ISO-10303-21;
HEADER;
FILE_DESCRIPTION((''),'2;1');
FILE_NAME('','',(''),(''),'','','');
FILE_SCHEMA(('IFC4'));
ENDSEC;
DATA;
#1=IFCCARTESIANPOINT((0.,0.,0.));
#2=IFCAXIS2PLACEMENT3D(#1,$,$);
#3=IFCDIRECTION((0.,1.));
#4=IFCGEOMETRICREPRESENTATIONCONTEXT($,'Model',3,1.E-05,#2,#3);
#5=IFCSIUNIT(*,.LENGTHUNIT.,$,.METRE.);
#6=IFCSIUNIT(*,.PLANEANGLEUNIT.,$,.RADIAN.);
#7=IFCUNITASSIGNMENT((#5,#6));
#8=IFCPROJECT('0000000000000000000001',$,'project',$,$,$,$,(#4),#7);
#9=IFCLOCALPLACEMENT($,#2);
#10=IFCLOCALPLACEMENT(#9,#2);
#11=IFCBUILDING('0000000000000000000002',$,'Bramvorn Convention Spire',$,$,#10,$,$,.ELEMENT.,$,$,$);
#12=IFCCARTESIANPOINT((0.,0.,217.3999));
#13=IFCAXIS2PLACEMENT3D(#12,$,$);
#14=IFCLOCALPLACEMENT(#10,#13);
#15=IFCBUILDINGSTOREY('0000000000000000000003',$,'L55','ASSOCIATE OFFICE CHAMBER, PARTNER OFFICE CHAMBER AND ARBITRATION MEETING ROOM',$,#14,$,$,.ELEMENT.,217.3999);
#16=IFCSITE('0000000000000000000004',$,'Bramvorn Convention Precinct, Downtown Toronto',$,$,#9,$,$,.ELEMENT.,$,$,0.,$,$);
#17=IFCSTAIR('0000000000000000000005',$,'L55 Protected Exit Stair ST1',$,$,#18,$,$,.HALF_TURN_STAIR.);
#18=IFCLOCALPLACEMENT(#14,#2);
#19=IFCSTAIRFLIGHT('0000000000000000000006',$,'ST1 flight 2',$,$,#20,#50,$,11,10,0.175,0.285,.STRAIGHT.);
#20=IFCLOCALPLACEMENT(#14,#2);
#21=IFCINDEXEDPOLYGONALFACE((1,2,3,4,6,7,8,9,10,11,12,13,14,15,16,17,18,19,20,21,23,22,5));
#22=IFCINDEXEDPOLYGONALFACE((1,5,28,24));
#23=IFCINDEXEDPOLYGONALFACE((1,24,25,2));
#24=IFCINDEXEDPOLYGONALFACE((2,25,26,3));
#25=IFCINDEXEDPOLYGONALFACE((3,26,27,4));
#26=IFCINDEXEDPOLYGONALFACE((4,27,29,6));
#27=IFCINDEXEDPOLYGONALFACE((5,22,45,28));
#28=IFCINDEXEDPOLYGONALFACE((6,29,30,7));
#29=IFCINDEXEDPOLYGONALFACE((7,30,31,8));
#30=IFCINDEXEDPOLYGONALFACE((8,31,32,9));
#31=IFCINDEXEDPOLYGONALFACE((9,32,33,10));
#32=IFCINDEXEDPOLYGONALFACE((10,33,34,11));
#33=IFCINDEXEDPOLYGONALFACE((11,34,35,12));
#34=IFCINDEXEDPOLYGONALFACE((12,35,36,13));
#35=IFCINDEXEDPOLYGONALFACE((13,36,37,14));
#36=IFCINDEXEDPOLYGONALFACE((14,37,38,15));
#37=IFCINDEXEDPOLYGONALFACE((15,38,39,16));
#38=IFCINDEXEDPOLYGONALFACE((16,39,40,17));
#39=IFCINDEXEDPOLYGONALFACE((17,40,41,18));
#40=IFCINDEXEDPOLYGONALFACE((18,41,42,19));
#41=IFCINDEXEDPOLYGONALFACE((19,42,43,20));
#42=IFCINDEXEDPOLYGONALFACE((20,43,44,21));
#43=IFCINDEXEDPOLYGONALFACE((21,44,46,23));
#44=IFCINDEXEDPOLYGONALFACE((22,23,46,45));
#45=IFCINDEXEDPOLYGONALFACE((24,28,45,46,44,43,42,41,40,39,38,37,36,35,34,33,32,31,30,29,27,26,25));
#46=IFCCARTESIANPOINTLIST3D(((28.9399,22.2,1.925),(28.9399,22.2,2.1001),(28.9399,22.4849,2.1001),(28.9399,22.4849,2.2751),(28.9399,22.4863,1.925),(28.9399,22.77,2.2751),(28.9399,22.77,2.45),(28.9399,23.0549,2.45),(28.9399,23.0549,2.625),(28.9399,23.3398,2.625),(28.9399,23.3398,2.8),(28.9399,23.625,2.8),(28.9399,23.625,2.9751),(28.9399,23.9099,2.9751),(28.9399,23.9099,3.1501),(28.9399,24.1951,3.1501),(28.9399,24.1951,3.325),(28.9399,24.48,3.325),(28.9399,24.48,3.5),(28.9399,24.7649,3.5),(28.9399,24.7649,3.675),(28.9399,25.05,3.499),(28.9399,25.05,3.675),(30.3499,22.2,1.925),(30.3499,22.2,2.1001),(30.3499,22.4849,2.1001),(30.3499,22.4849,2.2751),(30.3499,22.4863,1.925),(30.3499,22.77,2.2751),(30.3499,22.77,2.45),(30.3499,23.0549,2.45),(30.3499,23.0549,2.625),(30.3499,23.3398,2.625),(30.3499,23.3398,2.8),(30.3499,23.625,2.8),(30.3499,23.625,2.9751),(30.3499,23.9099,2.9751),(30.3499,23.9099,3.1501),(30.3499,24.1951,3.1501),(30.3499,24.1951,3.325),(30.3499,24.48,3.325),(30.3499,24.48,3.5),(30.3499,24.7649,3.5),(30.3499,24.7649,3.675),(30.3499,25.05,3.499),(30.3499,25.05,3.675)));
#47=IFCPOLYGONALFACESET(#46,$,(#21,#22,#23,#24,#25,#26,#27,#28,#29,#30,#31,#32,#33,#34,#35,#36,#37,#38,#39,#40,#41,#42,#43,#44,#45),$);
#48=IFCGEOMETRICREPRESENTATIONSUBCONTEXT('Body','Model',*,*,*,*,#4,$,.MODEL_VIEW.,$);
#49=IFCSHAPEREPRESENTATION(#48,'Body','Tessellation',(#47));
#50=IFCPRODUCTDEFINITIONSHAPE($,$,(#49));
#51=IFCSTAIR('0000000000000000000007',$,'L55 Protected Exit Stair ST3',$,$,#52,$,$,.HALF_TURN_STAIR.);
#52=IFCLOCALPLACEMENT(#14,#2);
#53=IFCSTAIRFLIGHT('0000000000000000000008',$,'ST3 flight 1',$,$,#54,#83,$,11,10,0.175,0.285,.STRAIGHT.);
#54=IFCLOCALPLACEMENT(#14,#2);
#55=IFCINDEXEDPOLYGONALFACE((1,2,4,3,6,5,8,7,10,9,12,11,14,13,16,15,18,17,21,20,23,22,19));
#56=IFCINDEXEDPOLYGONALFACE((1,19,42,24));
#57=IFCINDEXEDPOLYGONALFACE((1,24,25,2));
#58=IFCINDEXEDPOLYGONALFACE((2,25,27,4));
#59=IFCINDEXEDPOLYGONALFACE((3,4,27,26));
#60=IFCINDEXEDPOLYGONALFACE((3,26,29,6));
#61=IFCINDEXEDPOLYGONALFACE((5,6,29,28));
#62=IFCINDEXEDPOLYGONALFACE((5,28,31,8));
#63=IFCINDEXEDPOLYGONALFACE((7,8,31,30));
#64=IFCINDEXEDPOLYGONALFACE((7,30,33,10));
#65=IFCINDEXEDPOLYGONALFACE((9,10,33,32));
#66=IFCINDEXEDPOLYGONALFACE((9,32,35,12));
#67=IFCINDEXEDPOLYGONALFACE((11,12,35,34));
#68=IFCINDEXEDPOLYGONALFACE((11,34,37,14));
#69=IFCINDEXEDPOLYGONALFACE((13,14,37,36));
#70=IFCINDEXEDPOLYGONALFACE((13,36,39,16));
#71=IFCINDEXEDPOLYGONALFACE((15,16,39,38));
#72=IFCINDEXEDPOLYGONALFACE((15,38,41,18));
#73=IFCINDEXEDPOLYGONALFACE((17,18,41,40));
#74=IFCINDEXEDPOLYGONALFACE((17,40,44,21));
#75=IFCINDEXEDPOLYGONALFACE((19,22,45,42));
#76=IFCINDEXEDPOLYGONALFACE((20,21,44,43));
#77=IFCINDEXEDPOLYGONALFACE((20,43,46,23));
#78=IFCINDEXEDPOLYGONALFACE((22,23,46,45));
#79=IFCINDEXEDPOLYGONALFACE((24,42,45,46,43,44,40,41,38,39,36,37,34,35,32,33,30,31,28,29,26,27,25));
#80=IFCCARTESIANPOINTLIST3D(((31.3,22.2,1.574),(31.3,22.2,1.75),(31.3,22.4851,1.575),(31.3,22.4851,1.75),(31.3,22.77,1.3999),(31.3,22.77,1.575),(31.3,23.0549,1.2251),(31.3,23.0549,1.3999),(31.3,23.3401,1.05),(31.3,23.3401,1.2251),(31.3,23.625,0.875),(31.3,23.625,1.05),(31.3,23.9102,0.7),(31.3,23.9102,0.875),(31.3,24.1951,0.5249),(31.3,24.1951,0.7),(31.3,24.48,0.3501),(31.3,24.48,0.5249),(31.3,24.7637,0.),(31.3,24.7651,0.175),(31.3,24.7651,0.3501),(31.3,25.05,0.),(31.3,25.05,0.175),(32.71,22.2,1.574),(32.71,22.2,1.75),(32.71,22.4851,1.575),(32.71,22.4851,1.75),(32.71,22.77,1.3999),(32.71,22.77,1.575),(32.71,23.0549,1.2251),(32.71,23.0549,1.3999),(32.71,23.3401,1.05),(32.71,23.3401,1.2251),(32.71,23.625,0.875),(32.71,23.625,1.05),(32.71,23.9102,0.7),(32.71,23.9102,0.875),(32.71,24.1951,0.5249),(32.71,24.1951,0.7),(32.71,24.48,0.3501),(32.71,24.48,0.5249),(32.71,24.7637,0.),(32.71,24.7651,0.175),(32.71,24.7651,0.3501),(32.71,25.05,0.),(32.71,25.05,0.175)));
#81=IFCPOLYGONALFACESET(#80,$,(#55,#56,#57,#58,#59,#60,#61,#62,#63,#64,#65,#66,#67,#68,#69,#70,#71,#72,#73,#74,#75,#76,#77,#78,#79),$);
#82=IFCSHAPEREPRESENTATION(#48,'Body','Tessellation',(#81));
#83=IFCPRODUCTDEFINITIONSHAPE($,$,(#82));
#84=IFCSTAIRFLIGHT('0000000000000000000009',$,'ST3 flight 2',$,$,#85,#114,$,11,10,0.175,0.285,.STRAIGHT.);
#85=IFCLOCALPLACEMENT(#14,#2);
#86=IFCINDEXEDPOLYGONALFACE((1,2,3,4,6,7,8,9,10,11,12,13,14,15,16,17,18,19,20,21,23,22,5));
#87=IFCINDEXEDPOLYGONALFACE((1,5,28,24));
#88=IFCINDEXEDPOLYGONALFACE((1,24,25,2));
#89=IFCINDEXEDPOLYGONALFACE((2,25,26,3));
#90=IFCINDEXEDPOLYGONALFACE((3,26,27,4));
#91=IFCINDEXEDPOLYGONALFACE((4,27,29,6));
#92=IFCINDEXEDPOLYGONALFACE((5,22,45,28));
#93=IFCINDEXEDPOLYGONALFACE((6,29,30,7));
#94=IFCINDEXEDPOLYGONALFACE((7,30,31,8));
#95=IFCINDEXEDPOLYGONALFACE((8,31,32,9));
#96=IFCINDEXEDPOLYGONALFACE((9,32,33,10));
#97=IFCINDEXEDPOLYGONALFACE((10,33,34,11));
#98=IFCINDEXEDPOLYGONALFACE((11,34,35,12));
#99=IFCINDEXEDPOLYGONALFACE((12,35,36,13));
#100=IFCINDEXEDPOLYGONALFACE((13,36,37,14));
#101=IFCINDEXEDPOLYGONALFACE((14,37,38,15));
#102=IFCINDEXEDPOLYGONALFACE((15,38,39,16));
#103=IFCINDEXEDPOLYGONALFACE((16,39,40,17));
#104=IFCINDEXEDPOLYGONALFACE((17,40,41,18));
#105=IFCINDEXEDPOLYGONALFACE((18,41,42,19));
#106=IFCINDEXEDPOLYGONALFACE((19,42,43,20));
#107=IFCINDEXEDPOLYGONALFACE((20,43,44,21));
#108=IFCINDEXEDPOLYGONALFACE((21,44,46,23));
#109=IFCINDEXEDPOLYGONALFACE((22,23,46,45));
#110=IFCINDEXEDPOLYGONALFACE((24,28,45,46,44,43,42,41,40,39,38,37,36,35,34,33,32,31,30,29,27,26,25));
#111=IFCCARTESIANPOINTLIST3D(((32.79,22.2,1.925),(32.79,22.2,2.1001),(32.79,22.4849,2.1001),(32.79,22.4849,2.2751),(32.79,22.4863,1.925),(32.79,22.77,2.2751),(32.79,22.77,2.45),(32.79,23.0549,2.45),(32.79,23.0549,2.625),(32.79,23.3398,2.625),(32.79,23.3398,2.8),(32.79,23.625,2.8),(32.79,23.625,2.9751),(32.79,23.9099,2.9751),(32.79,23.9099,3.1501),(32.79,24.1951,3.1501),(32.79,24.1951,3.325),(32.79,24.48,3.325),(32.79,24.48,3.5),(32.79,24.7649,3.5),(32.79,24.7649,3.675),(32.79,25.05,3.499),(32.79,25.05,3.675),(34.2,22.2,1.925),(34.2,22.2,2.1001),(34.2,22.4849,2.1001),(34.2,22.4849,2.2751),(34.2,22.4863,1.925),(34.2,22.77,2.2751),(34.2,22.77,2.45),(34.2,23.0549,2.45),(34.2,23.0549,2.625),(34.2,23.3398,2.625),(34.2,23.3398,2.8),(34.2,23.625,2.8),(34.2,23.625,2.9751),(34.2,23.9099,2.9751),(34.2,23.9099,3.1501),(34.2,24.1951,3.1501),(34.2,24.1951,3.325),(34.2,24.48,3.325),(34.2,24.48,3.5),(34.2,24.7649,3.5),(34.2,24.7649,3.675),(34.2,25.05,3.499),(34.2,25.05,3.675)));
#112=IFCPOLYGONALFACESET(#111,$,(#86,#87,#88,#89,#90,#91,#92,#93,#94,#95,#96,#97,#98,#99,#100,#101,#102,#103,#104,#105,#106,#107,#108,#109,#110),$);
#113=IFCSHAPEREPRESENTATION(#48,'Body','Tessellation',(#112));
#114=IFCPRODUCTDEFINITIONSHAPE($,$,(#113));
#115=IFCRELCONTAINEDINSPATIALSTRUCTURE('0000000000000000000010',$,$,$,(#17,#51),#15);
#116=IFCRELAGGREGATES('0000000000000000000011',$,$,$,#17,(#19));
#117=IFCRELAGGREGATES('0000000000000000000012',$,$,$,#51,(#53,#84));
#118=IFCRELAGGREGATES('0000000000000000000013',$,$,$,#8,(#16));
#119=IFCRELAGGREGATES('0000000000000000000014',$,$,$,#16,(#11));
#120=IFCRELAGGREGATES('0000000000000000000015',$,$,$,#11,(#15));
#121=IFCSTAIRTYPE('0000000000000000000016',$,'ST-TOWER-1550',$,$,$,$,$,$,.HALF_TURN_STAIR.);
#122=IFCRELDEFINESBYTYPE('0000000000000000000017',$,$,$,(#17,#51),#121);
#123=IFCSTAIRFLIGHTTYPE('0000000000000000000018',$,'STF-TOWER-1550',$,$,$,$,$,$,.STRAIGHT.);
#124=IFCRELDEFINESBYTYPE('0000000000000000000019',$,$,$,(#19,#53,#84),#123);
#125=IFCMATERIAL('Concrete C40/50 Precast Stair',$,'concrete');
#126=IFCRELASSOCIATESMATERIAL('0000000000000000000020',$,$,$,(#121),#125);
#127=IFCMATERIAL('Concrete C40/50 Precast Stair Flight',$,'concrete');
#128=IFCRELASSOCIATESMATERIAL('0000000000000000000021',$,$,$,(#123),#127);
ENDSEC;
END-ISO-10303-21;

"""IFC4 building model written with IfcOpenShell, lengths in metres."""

from ifc_helpers import new_model, si_unit, direction, frame, origin, place, context, subcontext, project, spatial, polyline, outline, extrude, material, type_object, element, aggregate, save


model = new_model("IFC4")

# Units and contexts
model_context = context("Model", 3, precision=1e-05, world=origin(), true_north=direction((0.0, 1.0)))
body_context = subcontext(model_context, "Body", "Model", "MODEL_VIEW")
ifc_project = project(units=[si_unit("LENGTHUNIT", "METRE"), si_unit("PLANEANGLEUNIT", "RADIAN")], contexts=[model_context])

# Site, building, storey
site_placement = place(None, origin())
site = spatial("IfcSite", under=ifc_project, at=site_placement, Name="Bramvorn Convention Precinct, Downtown Toronto", CompositionType="ELEMENT", RefElevation=0.0)
building_placement = place(site_placement, origin())
building = spatial("IfcBuilding", under=site, at=building_placement, Name="Bramvorn Convention Spire", CompositionType="ELEMENT")
storey_placement = place(building_placement, frame((0.0, 0.0, 217.3999)))
storey = spatial("IfcBuildingStorey", under=building, at=storey_placement, Name="L55", Description="ASSOCIATE OFFICE CHAMBER, PARTNER OFFICE CHAMBER AND ARBITRATION MEETING ROOM", CompositionType="ELEMENT", Elevation=217.3999)

# Stairs, stair flights
ifc_material_1 = material(Name="Concrete C40/50 Precast Stair", Category="concrete")
stair_type = type_object("IfcStairType", Name="ST-TOWER-1550", PredefinedType="HALF_TURN_STAIR", material=ifc_material_1)
stair_1_placement = place(storey_placement, origin())
stair_1 = element("IfcStair", 1, at=stair_1_placement, inside=storey, type_object=stair_type, Name="L55 Protected Exit Stair ST1", PredefinedType="HALF_TURN_STAIR")
ifc_material_2 = material(Name="Concrete C40/50 Precast Stair Flight", Category="concrete")
stair_flight_type = type_object("IfcStairFlightType", Name="STF-TOWER-1550", PredefinedType="STRAIGHT", material=ifc_material_2)
stair_flight_1_placement = place(storey_placement, frame((29.645, 22.2, 1.925), z_axis=(0.0, 0.0, 1.0), x_axis=(0.0, 1.0, 0.0)))
stair_flight_1 = element("IfcStairFlight", 2, at=stair_flight_1_placement, type_object=stair_flight_type, Name="ST1 flight 2", NumberOfRisers=11, NumberOfTreads=10, PredefinedType="STRAIGHT", RiserHeight=0.175, TreadLength=0.285, context=body_context, shape_type="SweptSolid", body=[
    extrude(outline(polyline([(0.0, 0.0), (0.0, 0.175), (0.2849, 0.175), (0.2849, 0.3501), (0.5701, 0.3501), (0.5701, 0.5249), (0.855, 0.5249), (0.855, 0.7), (1.1399, 0.7), (1.1399, 0.875), (1.425, 0.875), (1.425, 1.05), (1.71, 1.05), (1.71, 1.2251), (1.9951, 1.2251), (1.9951, 1.3999), (2.28, 1.3999), (2.28, 1.575), (2.5649, 1.575), (2.5649, 1.75), (2.8501, 1.75), (2.8501, 1.925), (2.8501, 1.574), (0.2864, 0.0), (0.0, 0.0)])), frame((0.0, 0.7051, 0.0), z_axis=(0.0, -1.0, 0.0), x_axis=(1.0, 0.0, 0.0)), (0.0, 0.0, 1.0), 1.4099),
])
aggregate(stair_1, [stair_flight_1])
stair_2_placement = place(storey_placement, origin())
stair_2 = element("IfcStair", 3, at=stair_2_placement, inside=storey, type_object=stair_type, Name="L55 Protected Exit Stair ST3", PredefinedType="HALF_TURN_STAIR")
stair_flight_2_placement = place(storey_placement, frame((32.0049, 25.05, 0.0), z_axis=(0.0, 0.0, 1.0), x_axis=(0.0, -1.0, 0.0)))
stair_flight_2 = element("IfcStairFlight", 4, at=stair_flight_2_placement, type_object=stair_flight_type, Name="ST3 flight 1", NumberOfRisers=11, NumberOfTreads=10, PredefinedType="STRAIGHT", RiserHeight=0.175, TreadLength=0.285, context=body_context, shape_type="SweptSolid", body=[
    extrude(outline(polyline([(0.0, 0.0), (0.0, 0.175), (0.2849, 0.175), (0.2849, 0.3501), (0.5701, 0.3501), (0.5701, 0.5249), (0.855, 0.5249), (0.855, 0.7), (1.1399, 0.7), (1.1399, 0.875), (1.425, 0.875), (1.425, 1.05), (1.71, 1.05), (1.71, 1.2251), (1.9951, 1.2251), (1.9951, 1.3999), (2.28, 1.3999), (2.28, 1.575), (2.5649, 1.575), (2.5649, 1.75), (2.8501, 1.75), (2.8501, 1.925), (2.8501, 1.574), (0.2864, 0.0), (0.0, 0.0)])), frame((0.0, 0.7051, 0.0), z_axis=(0.0, -1.0, 0.0), x_axis=(1.0, 0.0, 0.0)), (0.0, 0.0, 1.0), 1.4099),
])
stair_flight_3_placement = place(storey_placement, frame((33.4951, 22.2, 1.925), z_axis=(0.0, 0.0, 1.0), x_axis=(0.0, 1.0, 0.0)))
stair_flight_3 = element("IfcStairFlight", 5, at=stair_flight_3_placement, type_object=stair_flight_type, Name="ST3 flight 2", NumberOfRisers=11, NumberOfTreads=10, PredefinedType="STRAIGHT", RiserHeight=0.175, TreadLength=0.285, context=body_context, shape_type="SweptSolid", body=[
    extrude(outline(polyline([(0.0, 0.0), (0.0, 0.175), (0.2849, 0.175), (0.2849, 0.3501), (0.5701, 0.3501), (0.5701, 0.5249), (0.855, 0.5249), (0.855, 0.7), (1.1399, 0.7), (1.1399, 0.875), (1.425, 0.875), (1.425, 1.05), (1.71, 1.05), (1.71, 1.2251), (1.9951, 1.2251), (1.9951, 1.3999), (2.28, 1.3999), (2.28, 1.575), (2.5649, 1.575), (2.5649, 1.75), (2.8501, 1.75), (2.8501, 1.925), (2.8501, 1.574), (0.2864, 0.0), (0.0, 0.0)])), frame((0.0, 0.7051, 0.0), z_axis=(0.0, -1.0, 0.0), x_axis=(1.0, 0.0, 0.0)), (0.0, 0.0, 1.0), 1.4099),
])
aggregate(stair_2, [stair_flight_2, stair_flight_3])

save(model, "model.ifc")
